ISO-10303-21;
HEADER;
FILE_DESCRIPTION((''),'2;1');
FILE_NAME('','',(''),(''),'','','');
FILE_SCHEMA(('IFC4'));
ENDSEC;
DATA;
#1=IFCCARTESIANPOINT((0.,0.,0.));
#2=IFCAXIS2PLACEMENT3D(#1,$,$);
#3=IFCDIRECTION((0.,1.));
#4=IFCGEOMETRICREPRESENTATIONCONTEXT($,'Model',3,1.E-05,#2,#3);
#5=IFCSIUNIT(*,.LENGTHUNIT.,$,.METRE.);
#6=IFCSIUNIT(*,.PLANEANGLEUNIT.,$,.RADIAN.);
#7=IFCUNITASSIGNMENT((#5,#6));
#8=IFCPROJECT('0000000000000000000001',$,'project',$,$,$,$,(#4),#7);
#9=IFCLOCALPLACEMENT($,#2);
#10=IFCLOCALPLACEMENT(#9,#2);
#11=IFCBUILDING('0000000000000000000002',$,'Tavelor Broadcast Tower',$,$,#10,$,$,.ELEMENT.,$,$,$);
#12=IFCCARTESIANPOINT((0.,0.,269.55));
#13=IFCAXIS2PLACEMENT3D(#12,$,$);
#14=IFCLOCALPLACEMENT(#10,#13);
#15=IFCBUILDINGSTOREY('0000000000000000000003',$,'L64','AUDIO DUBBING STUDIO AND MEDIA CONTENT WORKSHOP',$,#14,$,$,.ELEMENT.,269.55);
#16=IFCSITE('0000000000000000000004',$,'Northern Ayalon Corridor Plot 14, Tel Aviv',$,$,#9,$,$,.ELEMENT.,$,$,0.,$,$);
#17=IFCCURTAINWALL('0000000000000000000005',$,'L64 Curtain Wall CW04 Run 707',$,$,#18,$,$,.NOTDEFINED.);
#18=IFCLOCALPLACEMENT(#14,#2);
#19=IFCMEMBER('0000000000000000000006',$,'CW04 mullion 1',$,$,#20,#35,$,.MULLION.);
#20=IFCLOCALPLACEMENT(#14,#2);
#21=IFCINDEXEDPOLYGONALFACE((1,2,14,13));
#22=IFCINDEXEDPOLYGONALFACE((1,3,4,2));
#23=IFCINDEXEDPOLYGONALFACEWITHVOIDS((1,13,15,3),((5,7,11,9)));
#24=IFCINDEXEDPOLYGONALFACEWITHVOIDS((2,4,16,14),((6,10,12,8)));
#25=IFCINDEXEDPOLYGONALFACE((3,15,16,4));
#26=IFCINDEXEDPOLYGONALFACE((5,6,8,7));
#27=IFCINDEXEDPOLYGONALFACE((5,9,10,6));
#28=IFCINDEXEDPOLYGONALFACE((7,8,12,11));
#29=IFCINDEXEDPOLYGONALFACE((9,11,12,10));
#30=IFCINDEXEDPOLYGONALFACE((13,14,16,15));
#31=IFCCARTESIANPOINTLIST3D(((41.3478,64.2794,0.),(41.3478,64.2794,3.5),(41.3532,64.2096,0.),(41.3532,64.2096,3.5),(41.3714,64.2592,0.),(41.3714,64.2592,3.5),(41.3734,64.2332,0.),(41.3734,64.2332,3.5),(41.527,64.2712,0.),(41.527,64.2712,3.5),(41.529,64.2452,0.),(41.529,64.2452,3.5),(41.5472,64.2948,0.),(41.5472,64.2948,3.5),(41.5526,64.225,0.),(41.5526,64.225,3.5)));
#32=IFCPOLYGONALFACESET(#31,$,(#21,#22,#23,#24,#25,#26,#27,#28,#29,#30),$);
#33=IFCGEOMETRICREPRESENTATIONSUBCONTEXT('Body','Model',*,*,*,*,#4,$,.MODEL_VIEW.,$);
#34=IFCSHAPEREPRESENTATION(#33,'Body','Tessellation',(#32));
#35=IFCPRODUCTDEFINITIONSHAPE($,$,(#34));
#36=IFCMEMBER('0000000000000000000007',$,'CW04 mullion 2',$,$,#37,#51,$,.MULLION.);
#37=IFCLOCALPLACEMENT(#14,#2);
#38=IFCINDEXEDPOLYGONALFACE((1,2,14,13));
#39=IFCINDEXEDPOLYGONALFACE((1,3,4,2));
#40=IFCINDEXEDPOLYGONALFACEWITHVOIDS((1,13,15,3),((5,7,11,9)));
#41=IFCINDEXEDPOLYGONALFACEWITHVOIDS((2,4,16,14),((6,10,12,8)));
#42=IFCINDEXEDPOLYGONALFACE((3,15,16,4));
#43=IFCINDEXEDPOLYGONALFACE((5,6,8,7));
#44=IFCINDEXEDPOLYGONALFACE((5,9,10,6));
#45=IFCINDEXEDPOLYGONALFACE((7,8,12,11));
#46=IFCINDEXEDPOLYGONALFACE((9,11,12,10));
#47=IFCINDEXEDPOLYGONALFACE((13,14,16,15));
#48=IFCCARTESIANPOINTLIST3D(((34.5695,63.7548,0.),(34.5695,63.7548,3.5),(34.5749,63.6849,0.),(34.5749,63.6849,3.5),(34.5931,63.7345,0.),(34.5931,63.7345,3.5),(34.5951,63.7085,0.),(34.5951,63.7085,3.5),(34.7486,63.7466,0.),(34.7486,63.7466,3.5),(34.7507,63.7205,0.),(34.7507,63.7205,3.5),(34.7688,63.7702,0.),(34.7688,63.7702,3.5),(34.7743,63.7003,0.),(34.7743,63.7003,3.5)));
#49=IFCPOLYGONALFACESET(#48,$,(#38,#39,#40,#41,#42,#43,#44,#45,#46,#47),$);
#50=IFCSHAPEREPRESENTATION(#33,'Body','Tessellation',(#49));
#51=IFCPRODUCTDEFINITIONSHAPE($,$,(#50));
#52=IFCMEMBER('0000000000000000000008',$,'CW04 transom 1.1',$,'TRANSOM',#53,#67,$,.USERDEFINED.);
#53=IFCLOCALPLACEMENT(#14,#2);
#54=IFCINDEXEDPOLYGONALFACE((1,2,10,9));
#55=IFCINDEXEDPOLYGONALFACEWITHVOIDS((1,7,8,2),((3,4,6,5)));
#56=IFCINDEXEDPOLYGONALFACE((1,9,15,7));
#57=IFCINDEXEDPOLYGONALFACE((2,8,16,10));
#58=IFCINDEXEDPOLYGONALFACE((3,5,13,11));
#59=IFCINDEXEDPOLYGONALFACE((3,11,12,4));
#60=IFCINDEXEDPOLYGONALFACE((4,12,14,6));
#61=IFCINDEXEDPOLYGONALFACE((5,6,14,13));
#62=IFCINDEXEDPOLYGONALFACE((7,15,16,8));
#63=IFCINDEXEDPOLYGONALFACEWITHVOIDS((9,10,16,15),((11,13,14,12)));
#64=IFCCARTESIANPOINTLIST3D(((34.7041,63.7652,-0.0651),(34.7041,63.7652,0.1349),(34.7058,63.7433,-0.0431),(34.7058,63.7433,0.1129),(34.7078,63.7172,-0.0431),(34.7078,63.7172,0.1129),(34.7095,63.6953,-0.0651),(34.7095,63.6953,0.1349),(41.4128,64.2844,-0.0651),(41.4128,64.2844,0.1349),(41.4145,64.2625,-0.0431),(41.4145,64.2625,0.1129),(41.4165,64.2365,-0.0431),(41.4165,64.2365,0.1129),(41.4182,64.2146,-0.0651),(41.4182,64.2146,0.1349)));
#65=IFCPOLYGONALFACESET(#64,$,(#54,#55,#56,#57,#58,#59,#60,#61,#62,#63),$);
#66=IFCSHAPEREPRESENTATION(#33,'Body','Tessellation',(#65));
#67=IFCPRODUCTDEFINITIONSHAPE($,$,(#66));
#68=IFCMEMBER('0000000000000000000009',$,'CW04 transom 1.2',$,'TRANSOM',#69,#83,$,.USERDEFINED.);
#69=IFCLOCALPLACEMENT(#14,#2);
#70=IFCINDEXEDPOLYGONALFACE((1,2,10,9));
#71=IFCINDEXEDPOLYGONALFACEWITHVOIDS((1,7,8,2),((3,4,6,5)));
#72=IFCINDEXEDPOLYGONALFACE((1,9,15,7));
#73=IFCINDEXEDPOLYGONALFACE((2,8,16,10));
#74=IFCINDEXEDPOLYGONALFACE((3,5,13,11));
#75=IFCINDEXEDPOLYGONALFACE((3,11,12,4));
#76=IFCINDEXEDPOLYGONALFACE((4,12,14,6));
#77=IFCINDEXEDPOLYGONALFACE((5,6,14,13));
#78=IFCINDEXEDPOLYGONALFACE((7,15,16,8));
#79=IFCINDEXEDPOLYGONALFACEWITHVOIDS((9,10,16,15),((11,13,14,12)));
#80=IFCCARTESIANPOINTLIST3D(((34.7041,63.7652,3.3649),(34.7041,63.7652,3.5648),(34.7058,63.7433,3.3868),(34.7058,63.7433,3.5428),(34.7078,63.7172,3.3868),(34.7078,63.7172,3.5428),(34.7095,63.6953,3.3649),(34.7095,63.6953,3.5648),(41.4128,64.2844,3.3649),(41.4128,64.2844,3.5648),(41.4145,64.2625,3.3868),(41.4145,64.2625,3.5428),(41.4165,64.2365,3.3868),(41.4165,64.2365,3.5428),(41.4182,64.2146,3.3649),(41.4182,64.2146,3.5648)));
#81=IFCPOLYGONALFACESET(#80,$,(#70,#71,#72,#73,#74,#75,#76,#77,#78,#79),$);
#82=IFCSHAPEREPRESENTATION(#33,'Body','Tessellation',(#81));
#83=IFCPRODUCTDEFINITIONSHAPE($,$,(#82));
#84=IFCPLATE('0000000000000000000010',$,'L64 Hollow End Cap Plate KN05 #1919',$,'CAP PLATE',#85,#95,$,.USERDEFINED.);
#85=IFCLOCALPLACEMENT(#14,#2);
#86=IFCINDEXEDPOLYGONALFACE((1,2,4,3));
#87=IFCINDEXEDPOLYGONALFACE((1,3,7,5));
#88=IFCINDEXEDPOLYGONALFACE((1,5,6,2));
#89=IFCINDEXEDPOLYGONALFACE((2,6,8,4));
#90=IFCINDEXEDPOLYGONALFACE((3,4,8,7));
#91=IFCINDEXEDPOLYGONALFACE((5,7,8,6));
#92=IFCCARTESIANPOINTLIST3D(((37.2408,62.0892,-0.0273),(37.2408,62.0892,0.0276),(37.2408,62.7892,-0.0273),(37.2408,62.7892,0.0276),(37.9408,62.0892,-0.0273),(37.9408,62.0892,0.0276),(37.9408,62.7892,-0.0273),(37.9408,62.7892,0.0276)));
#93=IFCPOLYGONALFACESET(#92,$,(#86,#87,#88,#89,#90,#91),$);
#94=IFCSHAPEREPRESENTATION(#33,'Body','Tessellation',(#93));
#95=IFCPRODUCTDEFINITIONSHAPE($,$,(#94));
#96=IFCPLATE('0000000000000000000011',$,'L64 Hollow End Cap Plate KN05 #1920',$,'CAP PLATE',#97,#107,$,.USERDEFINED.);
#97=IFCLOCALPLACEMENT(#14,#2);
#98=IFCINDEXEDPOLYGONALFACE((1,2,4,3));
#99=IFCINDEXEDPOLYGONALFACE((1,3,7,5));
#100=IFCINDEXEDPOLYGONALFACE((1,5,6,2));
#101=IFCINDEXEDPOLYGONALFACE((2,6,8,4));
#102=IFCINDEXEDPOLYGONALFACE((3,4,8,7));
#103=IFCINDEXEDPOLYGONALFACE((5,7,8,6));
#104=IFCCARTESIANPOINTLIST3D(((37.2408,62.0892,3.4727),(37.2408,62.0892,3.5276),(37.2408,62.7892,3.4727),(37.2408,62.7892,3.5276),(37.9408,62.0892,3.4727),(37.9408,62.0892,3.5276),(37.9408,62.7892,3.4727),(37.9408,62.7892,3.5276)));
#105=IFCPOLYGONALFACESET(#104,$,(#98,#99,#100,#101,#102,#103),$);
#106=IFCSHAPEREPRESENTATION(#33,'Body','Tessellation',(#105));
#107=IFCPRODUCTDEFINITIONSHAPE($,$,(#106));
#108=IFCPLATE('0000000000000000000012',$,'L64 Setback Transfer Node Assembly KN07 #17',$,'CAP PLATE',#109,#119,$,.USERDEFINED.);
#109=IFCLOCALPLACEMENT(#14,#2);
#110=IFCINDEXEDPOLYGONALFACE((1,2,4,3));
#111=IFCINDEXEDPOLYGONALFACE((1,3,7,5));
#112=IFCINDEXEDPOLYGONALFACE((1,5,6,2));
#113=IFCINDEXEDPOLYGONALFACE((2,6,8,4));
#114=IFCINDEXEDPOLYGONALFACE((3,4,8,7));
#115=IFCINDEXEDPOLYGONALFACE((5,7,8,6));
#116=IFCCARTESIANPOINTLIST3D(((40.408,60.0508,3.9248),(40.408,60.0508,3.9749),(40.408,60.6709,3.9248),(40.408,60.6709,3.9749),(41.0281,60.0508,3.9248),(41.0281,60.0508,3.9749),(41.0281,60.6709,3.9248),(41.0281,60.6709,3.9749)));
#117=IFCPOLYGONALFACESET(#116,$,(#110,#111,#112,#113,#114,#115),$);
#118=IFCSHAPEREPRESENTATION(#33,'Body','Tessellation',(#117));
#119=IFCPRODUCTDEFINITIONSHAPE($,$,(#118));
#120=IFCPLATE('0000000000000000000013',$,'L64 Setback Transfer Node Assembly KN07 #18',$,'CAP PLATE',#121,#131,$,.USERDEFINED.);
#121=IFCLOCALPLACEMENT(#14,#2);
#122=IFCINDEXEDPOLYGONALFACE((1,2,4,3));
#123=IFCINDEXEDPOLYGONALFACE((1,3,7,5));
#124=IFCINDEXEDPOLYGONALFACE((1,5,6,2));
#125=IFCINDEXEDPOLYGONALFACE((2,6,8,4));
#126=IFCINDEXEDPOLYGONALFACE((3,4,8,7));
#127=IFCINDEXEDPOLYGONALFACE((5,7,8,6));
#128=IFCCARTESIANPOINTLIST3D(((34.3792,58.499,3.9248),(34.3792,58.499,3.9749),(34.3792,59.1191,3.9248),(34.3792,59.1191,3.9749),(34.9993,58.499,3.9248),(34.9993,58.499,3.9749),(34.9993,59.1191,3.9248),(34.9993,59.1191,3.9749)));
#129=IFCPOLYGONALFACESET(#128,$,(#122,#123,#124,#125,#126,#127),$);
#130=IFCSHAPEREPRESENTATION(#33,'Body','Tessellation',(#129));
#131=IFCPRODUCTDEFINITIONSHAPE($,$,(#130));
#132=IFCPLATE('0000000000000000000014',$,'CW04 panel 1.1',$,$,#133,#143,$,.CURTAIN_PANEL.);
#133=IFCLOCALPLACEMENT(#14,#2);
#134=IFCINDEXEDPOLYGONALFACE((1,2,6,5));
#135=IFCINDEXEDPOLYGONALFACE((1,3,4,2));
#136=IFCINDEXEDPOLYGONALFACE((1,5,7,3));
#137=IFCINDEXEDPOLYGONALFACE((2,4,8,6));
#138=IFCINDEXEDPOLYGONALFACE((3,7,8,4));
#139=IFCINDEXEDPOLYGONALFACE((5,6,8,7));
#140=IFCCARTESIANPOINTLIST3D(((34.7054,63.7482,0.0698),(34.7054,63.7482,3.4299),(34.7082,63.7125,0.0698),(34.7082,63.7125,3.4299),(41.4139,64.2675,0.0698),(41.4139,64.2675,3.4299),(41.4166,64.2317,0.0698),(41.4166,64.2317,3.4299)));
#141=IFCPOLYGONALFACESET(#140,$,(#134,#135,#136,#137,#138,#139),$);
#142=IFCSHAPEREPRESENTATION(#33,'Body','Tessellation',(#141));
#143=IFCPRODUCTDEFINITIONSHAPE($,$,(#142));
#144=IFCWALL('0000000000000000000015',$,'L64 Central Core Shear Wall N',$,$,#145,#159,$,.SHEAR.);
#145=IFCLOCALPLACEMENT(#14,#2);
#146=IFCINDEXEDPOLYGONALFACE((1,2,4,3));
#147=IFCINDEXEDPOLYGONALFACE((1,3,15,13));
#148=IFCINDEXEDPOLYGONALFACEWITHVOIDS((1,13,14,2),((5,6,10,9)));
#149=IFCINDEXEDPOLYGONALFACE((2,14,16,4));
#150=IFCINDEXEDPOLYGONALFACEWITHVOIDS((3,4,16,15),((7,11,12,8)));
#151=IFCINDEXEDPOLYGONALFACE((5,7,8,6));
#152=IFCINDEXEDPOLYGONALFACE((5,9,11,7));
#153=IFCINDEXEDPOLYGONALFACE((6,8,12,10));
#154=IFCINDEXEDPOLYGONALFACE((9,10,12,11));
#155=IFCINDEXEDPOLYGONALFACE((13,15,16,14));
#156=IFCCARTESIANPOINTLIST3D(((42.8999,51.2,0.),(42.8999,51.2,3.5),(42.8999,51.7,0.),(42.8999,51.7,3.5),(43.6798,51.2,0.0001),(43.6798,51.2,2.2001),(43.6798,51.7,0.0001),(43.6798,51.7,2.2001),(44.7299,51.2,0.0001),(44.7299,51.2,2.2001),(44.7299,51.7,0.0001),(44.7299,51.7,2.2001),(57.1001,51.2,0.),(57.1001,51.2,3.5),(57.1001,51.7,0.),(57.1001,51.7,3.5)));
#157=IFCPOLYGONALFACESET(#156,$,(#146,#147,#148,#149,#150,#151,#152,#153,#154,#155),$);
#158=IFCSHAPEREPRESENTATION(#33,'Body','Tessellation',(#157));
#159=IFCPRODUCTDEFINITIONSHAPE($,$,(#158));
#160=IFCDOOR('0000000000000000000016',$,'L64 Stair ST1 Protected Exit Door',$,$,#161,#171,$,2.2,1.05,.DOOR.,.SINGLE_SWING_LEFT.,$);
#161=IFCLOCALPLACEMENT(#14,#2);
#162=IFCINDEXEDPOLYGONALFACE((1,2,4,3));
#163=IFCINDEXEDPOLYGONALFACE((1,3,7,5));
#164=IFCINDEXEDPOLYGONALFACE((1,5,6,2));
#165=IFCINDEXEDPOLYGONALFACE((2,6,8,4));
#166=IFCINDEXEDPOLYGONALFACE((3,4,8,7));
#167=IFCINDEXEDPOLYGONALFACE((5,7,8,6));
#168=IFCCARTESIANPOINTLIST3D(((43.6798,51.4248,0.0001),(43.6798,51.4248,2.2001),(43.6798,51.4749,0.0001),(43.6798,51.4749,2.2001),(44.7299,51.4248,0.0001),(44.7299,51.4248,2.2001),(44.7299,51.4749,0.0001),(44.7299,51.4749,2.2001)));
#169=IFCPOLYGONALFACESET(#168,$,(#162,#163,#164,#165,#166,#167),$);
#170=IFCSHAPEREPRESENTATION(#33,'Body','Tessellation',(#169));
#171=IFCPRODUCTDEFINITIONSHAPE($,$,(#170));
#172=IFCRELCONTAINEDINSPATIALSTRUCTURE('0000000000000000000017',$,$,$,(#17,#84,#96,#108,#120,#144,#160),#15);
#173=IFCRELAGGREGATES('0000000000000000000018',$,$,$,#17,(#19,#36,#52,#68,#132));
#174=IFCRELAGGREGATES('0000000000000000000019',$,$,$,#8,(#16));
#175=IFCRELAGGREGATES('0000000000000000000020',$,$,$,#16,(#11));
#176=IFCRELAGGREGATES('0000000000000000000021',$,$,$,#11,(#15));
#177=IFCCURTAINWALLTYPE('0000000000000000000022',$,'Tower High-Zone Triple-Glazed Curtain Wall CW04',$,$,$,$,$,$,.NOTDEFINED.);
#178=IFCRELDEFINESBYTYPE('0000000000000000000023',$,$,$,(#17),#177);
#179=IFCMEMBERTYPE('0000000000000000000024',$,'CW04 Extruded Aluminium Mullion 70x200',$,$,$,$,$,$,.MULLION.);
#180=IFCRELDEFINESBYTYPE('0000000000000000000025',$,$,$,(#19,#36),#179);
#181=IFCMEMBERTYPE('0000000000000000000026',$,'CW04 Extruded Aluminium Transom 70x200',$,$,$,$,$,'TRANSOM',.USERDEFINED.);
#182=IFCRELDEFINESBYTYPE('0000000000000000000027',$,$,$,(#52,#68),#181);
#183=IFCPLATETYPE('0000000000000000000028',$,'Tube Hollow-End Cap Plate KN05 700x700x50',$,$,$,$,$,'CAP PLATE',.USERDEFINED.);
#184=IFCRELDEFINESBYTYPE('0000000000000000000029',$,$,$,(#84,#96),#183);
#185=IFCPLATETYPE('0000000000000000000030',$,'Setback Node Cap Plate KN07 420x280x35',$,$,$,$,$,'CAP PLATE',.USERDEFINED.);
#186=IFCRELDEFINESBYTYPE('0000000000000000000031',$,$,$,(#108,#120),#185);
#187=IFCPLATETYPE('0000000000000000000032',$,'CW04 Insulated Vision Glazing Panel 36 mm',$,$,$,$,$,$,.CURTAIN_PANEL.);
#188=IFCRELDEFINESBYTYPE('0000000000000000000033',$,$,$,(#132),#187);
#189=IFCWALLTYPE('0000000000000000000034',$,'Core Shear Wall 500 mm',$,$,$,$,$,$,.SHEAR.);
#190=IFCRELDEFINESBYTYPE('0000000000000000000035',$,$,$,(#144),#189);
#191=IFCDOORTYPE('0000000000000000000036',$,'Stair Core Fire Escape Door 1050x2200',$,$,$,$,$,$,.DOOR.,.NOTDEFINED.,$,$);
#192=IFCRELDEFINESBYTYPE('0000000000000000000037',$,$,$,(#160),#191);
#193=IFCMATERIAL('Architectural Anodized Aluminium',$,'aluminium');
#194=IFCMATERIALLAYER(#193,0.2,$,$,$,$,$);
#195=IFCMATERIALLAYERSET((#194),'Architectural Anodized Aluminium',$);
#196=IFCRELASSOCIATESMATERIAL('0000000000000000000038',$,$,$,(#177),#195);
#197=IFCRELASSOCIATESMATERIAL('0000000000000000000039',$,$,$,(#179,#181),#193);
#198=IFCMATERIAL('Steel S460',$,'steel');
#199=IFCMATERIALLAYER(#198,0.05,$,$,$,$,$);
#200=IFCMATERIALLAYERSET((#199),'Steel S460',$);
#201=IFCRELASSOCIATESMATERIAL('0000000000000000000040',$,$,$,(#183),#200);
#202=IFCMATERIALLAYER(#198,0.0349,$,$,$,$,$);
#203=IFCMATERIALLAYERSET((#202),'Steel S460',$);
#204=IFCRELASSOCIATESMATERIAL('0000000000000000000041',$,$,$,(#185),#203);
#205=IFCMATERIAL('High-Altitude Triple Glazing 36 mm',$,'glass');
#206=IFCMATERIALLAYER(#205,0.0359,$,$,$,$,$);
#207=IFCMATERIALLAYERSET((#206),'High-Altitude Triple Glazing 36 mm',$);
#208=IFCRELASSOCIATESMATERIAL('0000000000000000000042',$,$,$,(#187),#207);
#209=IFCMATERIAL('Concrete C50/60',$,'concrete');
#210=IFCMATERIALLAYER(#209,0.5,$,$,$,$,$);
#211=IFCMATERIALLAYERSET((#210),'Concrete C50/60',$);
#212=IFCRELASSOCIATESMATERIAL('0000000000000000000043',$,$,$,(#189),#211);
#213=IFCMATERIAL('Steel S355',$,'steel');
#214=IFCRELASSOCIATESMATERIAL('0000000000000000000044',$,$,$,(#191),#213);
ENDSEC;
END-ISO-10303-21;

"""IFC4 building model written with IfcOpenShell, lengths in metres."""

from ifc_helpers import new_model, si_unit, direction, frame, frame_2d, origin, origin_2d, place, context, subcontext, project, spatial, rectangle, hollow_rectangle, extrude, source, transform, mapped, material, layer, layer_set, material_profile, profile_set, type_object, type_shapes, element, fill, aggregate, save


model = new_model("IFC4")

# Units and contexts
model_context = context("Model", 3, precision=1e-05, world=origin(), true_north=direction((0.0, 1.0)))
body_context = subcontext(model_context, "Body", "Model", "MODEL_VIEW")
ifc_project = project(units=[si_unit("LENGTHUNIT", "METRE"), si_unit("PLANEANGLEUNIT", "RADIAN")], contexts=[model_context])

# Site, building, storey
site_placement = place(None, origin())
site = spatial("IfcSite", under=ifc_project, at=site_placement, Name="Northern Ayalon Corridor Plot 14, Tel Aviv", CompositionType="ELEMENT", RefElevation=0.0)
building_placement = place(site_placement, origin())
building = spatial("IfcBuilding", under=site, at=building_placement, Name="Tavelor Broadcast Tower", CompositionType="ELEMENT")
storey_placement = place(building_placement, frame((0.0, 0.0, 269.55)))
storey = spatial("IfcBuildingStorey", under=building, at=storey_placement, Name="L64", Description="AUDIO DUBBING STUDIO AND MEDIA CONTENT WORKSHOP", CompositionType="ELEMENT", Elevation=269.55)

# Shared definitions
ifc_material_1 = material(Name="Steel S460", Category="steel")

# Shared definitions
ifc_material_2 = material(Name="Architectural Anodized Aluminium", Category="aluminium")
ifc_layer_1 = layer(ifc_material_2, 0.2)
ifc_layer_set_1 = layer_set([ifc_layer_1], Name="Architectural Anodized Aluminium")
curtain_wall_type = type_object("IfcCurtainWallType", Name="Tower High-Zone Triple-Glazed Curtain Wall CW04", PredefinedType="NOTDEFINED", material=ifc_layer_set_1)
ifc_material_profile_1 = material_profile(ifc_material_2, hollow_rectangle(XDim=0.0701, YDim=0.2, WallThickness=0.022, at=origin_2d()), Name="RHS 70x200x22")
ifc_profile_set_1 = profile_set([ifc_material_profile_1], Name="Architectural Anodized Aluminium")
member_type_1 = type_object("IfcMemberType", Name="CW04 Extruded Aluminium Mullion 70x200", PredefinedType="MULLION", material=ifc_profile_set_1)
shared_shape_1 = source(origin(), body_context, "Body", "SweptSolid", [
    extrude(hollow_rectangle(XDim=0.0701, YDim=0.2, WallThickness=0.022, at=origin_2d()), origin(), (0.0, 0.0, 1.0), 3.5),
])
type_shapes(member_type_1, [shared_shape_1])

# Curtain wall, members
curtain_wall_1_placement = place(storey_placement, origin())
curtain_wall_1 = element("IfcCurtainWall", 1, at=curtain_wall_1_placement, inside=storey, type_object=curtain_wall_type, Name="L64 Curtain Wall CW04 Run 707", PredefinedType="NOTDEFINED")
member_1_placement = place(storey_placement, frame((41.4502, 64.2522, 0.0), z_axis=(0.0, 0.0, 1.0), x_axis=(0.077177, -0.997017, 0.0)))
member_1 = element("IfcMember", 2, at=member_1_placement, type_object=member_type_1, Name="CW04 mullion 1", PredefinedType="MULLION", context=body_context, shape_type="MappedRepresentation", body=[
    mapped(shared_shape_1, transform((0.0, 0.0, 0.0), scale=1.0)),
])
member_2_placement = place(storey_placement, frame((34.6719, 63.7275, 0.0), z_axis=(0.0, 0.0, 1.0), x_axis=(0.077177, -0.997017, 0.0)))
member_2 = element("IfcMember", 3, at=member_2_placement, type_object=member_type_1, Name="CW04 mullion 2", PredefinedType="MULLION", context=body_context, shape_type="MappedRepresentation", body=[
    mapped(shared_shape_1, transform((0.0, 0.0, 0.0), scale=1.0)),
])
ifc_material_profile_2 = material_profile(ifc_material_2, hollow_rectangle(XDim=0.0701, YDim=0.2, WallThickness=0.022, at=origin_2d()), Name="RHS 70x200x22")
ifc_profile_set_2 = profile_set([ifc_material_profile_2], Name="Architectural Anodized Aluminium")
member_type_2 = type_object("IfcMemberType", Name="CW04 Extruded Aluminium Transom 70x200", ElementType="TRANSOM", PredefinedType="USERDEFINED", material=ifc_profile_set_2)
shared_shape_2 = source(origin(), body_context, "Body", "SweptSolid", [
    extrude(hollow_rectangle(XDim=0.0701, YDim=0.2, WallThickness=0.022, at=origin_2d()), origin(), (0.0, 0.0, 1.0), 6.7288),
])
type_shapes(member_type_2, [shared_shape_2])
member_3_placement = place(storey_placement, frame((41.4155, 64.2495, 0.0349), z_axis=(-0.997018, -0.077174, 0.0), x_axis=(0.077174, -0.997018, 0.0)))
member_3 = element("IfcMember", 4, at=member_3_placement, type_object=member_type_2, Name="CW04 transom 1.1", ObjectType="TRANSOM", PredefinedType="USERDEFINED", context=body_context, shape_type="MappedRepresentation", body=[
    mapped(shared_shape_2, transform((0.0, 0.0, 0.0), scale=1.0)),
])
member_4_placement = place(storey_placement, frame((41.4155, 64.2495, 3.4648), z_axis=(-0.997018, -0.077174, 0.0), x_axis=(0.077174, -0.997018, 0.0)))
member_4 = element("IfcMember", 5, at=member_4_placement, type_object=member_type_2, Name="CW04 transom 1.2", ObjectType="TRANSOM", PredefinedType="USERDEFINED", context=body_context, shape_type="MappedRepresentation", body=[
    mapped(shared_shape_2, transform((0.0, 0.0, 0.0), scale=1.0)),
])

# Plates
ifc_layer_2 = layer(ifc_material_1, 0.05)
ifc_layer_set_2 = layer_set([ifc_layer_2], Name="Steel S460")
plate_type_1 = type_object("IfcPlateType", Name="Tube Hollow-End Cap Plate KN05 700x700x50", ElementType="CAP PLATE", PredefinedType="USERDEFINED", material=ifc_layer_set_2)
shared_shape_3 = source(origin(), body_context, "Body", "SweptSolid", [
    extrude(rectangle(XDim=0.7, YDim=0.7, at=origin_2d()), origin(), (0.0, 0.0, 1.0), 0.0549),
])
type_shapes(plate_type_1, [shared_shape_3])
for number, where, z_axis, x_axis, name in (
    (6, (37.5908, 62.4392, -0.0273), (0.0, 0.0, 1.0), (1.0, 0.0, 0.0), "L64 Hollow End Cap Plate KN05 #1919"),
    (7, (37.5908, 62.4392, 3.4727), (0.0, 0.0, 1.0), (1.0, 0.0, 0.0), "L64 Hollow End Cap Plate KN05 #1920"),
):
    element("IfcPlate", number, at=place(storey_placement, frame(where, z_axis=z_axis, x_axis=x_axis)), inside=storey, type_object=plate_type_1, Name=name, ObjectType="CAP PLATE", PredefinedType="USERDEFINED", context=body_context, shape_type="MappedRepresentation", body=[
        mapped(shared_shape_3, transform((0.0, 0.0, 0.0), scale=1.0)),
    ])
ifc_layer_3 = layer(ifc_material_1, 0.0349)
ifc_layer_set_3 = layer_set([ifc_layer_3], Name="Steel S460")
plate_type_2 = type_object("IfcPlateType", Name="Setback Node Cap Plate KN07 420x280x35", ElementType="CAP PLATE", PredefinedType="USERDEFINED", material=ifc_layer_set_3)
shared_shape_4 = source(origin(), body_context, "Body", "SweptSolid", [
    extrude(rectangle(XDim=0.6201, YDim=0.6201, at=origin_2d()), origin(), (0.0, 0.0, 1.0), 0.05),
])
type_shapes(plate_type_2, [shared_shape_4])
for number, where, z_axis, x_axis, name in (
    (8, (40.718, 60.3608, 3.9248), (0.0, 0.0, 1.0), (1.0, 0.0, 0.0), "L64 Setback Transfer Node Assembly KN07 #17"),
    (9, (34.6892, 58.8091, 3.9248), (0.0, 0.0, 1.0), (1.0, 0.0, 0.0), "L64 Setback Transfer Node Assembly KN07 #18"),
):
    element("IfcPlate", number, at=place(storey_placement, frame(where, z_axis=z_axis, x_axis=x_axis)), inside=storey, type_object=plate_type_2, Name=name, ObjectType="CAP PLATE", PredefinedType="USERDEFINED", context=body_context, shape_type="MappedRepresentation", body=[
        mapped(shared_shape_4, transform((0.0, 0.0, 0.0), scale=1.0)),
    ])

# Plate
ifc_material_3 = material(Name="High-Altitude Triple Glazing 36 mm", Category="glass")
ifc_layer_4 = layer(ifc_material_3, 0.0359)
ifc_layer_set_4 = layer_set([ifc_layer_4], Name="High-Altitude Triple Glazing 36 mm")
plate_type_3 = type_object("IfcPlateType", Name="CW04 Insulated Vision Glazing Panel 36 mm", PredefinedType="CURTAIN_PANEL", material=ifc_layer_set_4)
shared_shape_5 = source(origin(), body_context, "Body", "SweptSolid", [
    extrude(rectangle(XDim=6.7285, YDim=0.0359, at=origin_2d()), origin(), (0.0, 0.0, 1.0), 3.3601),
])
type_shapes(plate_type_3, [shared_shape_5])
plate_placement = place(storey_placement, frame((38.061, 63.99, 0.0698), z_axis=(0.0, 0.0, 1.0), x_axis=(-0.997017, -0.077177, 0.0)))
plate = element("IfcPlate", 10, at=plate_placement, type_object=plate_type_3, Name="CW04 panel 1.1", PredefinedType="CURTAIN_PANEL", context=body_context, shape_type="MappedRepresentation", body=[
    mapped(shared_shape_5, transform((0.0, 0.0, 0.0), scale=1.0)),
])
aggregate(curtain_wall_1, [member_1, member_2, member_3, member_4, plate])

# Wall, opening, door
ifc_material_4 = material(Name="Concrete C50/60", Category="concrete")
ifc_layer_5 = layer(ifc_material_4, 0.5)
ifc_layer_set_5 = layer_set([ifc_layer_5], Name="Concrete C50/60")
wall_type_1 = type_object("IfcWallType", Name="Core Shear Wall 500 mm", PredefinedType="SHEAR", material=ifc_layer_set_5)
wall_1_placement = place(storey_placement, frame((42.8999, 51.45, 0.0), z_axis=(0.0, 0.0, 1.0), x_axis=(1.0, 0.0, 0.0)))
wall_1 = element("IfcWall", 11, at=wall_1_placement, inside=storey, type_object=wall_type_1, Name="L64 Central Core Shear Wall N", PredefinedType="SHEAR", context=body_context, shape_type="SweptSolid", body=[
    extrude(rectangle(XDim=14.2002, YDim=0.5, at=frame_2d((7.1001, 0.0))), origin(), (0.0, 0.0, 1.0), 3.5),
])
opening_1_placement = place(wall_1_placement, frame((0.78, 0.0, 0.0)))
opening_1 = element("IfcOpeningElement", 12, at=opening_1_placement, cuts=wall_1, PredefinedType="OPENING", context=body_context, shape_type="SweptSolid", body=[
    extrude(rectangle(XDim=1.05, YDim=2.2, at=frame_2d((0.5249, 1.1001))), frame((0.0, 0.26, 0.0), z_axis=(0.0, -1.0, 0.0), x_axis=(1.0, 0.0, 0.0)), (0.0, 0.0, 1.0), 0.52),
])
ifc_material_5 = material(Name="Steel S355", Category="steel")
door_type_1 = type_object("IfcDoorType", Name="Stair Core Fire Escape Door 1050x2200", OperationType="NOTDEFINED", PredefinedType="DOOR", material=ifc_material_5)
door_1_placement = place(opening_1_placement, origin())
door_1 = element("IfcDoor", 13, at=door_1_placement, inside=storey, type_object=door_type_1, Name="L64 Stair ST1 Protected Exit Door", OperationType="SINGLE_SWING_LEFT", OverallHeight=2.2, OverallWidth=1.05, PredefinedType="DOOR", context=body_context, shape_type="SweptSolid", body=[
    extrude(rectangle(XDim=1.05, YDim=2.2, at=frame_2d((0.5249, 1.1001))), frame((0.0, 0.0249, 0.0), z_axis=(0.0, -1.0, 0.0), x_axis=(1.0, 0.0, 0.0)), (0.0, 0.0, 1.0), 0.05),
])
fill(opening_1, door_1)

save(model, "model.ifc")
